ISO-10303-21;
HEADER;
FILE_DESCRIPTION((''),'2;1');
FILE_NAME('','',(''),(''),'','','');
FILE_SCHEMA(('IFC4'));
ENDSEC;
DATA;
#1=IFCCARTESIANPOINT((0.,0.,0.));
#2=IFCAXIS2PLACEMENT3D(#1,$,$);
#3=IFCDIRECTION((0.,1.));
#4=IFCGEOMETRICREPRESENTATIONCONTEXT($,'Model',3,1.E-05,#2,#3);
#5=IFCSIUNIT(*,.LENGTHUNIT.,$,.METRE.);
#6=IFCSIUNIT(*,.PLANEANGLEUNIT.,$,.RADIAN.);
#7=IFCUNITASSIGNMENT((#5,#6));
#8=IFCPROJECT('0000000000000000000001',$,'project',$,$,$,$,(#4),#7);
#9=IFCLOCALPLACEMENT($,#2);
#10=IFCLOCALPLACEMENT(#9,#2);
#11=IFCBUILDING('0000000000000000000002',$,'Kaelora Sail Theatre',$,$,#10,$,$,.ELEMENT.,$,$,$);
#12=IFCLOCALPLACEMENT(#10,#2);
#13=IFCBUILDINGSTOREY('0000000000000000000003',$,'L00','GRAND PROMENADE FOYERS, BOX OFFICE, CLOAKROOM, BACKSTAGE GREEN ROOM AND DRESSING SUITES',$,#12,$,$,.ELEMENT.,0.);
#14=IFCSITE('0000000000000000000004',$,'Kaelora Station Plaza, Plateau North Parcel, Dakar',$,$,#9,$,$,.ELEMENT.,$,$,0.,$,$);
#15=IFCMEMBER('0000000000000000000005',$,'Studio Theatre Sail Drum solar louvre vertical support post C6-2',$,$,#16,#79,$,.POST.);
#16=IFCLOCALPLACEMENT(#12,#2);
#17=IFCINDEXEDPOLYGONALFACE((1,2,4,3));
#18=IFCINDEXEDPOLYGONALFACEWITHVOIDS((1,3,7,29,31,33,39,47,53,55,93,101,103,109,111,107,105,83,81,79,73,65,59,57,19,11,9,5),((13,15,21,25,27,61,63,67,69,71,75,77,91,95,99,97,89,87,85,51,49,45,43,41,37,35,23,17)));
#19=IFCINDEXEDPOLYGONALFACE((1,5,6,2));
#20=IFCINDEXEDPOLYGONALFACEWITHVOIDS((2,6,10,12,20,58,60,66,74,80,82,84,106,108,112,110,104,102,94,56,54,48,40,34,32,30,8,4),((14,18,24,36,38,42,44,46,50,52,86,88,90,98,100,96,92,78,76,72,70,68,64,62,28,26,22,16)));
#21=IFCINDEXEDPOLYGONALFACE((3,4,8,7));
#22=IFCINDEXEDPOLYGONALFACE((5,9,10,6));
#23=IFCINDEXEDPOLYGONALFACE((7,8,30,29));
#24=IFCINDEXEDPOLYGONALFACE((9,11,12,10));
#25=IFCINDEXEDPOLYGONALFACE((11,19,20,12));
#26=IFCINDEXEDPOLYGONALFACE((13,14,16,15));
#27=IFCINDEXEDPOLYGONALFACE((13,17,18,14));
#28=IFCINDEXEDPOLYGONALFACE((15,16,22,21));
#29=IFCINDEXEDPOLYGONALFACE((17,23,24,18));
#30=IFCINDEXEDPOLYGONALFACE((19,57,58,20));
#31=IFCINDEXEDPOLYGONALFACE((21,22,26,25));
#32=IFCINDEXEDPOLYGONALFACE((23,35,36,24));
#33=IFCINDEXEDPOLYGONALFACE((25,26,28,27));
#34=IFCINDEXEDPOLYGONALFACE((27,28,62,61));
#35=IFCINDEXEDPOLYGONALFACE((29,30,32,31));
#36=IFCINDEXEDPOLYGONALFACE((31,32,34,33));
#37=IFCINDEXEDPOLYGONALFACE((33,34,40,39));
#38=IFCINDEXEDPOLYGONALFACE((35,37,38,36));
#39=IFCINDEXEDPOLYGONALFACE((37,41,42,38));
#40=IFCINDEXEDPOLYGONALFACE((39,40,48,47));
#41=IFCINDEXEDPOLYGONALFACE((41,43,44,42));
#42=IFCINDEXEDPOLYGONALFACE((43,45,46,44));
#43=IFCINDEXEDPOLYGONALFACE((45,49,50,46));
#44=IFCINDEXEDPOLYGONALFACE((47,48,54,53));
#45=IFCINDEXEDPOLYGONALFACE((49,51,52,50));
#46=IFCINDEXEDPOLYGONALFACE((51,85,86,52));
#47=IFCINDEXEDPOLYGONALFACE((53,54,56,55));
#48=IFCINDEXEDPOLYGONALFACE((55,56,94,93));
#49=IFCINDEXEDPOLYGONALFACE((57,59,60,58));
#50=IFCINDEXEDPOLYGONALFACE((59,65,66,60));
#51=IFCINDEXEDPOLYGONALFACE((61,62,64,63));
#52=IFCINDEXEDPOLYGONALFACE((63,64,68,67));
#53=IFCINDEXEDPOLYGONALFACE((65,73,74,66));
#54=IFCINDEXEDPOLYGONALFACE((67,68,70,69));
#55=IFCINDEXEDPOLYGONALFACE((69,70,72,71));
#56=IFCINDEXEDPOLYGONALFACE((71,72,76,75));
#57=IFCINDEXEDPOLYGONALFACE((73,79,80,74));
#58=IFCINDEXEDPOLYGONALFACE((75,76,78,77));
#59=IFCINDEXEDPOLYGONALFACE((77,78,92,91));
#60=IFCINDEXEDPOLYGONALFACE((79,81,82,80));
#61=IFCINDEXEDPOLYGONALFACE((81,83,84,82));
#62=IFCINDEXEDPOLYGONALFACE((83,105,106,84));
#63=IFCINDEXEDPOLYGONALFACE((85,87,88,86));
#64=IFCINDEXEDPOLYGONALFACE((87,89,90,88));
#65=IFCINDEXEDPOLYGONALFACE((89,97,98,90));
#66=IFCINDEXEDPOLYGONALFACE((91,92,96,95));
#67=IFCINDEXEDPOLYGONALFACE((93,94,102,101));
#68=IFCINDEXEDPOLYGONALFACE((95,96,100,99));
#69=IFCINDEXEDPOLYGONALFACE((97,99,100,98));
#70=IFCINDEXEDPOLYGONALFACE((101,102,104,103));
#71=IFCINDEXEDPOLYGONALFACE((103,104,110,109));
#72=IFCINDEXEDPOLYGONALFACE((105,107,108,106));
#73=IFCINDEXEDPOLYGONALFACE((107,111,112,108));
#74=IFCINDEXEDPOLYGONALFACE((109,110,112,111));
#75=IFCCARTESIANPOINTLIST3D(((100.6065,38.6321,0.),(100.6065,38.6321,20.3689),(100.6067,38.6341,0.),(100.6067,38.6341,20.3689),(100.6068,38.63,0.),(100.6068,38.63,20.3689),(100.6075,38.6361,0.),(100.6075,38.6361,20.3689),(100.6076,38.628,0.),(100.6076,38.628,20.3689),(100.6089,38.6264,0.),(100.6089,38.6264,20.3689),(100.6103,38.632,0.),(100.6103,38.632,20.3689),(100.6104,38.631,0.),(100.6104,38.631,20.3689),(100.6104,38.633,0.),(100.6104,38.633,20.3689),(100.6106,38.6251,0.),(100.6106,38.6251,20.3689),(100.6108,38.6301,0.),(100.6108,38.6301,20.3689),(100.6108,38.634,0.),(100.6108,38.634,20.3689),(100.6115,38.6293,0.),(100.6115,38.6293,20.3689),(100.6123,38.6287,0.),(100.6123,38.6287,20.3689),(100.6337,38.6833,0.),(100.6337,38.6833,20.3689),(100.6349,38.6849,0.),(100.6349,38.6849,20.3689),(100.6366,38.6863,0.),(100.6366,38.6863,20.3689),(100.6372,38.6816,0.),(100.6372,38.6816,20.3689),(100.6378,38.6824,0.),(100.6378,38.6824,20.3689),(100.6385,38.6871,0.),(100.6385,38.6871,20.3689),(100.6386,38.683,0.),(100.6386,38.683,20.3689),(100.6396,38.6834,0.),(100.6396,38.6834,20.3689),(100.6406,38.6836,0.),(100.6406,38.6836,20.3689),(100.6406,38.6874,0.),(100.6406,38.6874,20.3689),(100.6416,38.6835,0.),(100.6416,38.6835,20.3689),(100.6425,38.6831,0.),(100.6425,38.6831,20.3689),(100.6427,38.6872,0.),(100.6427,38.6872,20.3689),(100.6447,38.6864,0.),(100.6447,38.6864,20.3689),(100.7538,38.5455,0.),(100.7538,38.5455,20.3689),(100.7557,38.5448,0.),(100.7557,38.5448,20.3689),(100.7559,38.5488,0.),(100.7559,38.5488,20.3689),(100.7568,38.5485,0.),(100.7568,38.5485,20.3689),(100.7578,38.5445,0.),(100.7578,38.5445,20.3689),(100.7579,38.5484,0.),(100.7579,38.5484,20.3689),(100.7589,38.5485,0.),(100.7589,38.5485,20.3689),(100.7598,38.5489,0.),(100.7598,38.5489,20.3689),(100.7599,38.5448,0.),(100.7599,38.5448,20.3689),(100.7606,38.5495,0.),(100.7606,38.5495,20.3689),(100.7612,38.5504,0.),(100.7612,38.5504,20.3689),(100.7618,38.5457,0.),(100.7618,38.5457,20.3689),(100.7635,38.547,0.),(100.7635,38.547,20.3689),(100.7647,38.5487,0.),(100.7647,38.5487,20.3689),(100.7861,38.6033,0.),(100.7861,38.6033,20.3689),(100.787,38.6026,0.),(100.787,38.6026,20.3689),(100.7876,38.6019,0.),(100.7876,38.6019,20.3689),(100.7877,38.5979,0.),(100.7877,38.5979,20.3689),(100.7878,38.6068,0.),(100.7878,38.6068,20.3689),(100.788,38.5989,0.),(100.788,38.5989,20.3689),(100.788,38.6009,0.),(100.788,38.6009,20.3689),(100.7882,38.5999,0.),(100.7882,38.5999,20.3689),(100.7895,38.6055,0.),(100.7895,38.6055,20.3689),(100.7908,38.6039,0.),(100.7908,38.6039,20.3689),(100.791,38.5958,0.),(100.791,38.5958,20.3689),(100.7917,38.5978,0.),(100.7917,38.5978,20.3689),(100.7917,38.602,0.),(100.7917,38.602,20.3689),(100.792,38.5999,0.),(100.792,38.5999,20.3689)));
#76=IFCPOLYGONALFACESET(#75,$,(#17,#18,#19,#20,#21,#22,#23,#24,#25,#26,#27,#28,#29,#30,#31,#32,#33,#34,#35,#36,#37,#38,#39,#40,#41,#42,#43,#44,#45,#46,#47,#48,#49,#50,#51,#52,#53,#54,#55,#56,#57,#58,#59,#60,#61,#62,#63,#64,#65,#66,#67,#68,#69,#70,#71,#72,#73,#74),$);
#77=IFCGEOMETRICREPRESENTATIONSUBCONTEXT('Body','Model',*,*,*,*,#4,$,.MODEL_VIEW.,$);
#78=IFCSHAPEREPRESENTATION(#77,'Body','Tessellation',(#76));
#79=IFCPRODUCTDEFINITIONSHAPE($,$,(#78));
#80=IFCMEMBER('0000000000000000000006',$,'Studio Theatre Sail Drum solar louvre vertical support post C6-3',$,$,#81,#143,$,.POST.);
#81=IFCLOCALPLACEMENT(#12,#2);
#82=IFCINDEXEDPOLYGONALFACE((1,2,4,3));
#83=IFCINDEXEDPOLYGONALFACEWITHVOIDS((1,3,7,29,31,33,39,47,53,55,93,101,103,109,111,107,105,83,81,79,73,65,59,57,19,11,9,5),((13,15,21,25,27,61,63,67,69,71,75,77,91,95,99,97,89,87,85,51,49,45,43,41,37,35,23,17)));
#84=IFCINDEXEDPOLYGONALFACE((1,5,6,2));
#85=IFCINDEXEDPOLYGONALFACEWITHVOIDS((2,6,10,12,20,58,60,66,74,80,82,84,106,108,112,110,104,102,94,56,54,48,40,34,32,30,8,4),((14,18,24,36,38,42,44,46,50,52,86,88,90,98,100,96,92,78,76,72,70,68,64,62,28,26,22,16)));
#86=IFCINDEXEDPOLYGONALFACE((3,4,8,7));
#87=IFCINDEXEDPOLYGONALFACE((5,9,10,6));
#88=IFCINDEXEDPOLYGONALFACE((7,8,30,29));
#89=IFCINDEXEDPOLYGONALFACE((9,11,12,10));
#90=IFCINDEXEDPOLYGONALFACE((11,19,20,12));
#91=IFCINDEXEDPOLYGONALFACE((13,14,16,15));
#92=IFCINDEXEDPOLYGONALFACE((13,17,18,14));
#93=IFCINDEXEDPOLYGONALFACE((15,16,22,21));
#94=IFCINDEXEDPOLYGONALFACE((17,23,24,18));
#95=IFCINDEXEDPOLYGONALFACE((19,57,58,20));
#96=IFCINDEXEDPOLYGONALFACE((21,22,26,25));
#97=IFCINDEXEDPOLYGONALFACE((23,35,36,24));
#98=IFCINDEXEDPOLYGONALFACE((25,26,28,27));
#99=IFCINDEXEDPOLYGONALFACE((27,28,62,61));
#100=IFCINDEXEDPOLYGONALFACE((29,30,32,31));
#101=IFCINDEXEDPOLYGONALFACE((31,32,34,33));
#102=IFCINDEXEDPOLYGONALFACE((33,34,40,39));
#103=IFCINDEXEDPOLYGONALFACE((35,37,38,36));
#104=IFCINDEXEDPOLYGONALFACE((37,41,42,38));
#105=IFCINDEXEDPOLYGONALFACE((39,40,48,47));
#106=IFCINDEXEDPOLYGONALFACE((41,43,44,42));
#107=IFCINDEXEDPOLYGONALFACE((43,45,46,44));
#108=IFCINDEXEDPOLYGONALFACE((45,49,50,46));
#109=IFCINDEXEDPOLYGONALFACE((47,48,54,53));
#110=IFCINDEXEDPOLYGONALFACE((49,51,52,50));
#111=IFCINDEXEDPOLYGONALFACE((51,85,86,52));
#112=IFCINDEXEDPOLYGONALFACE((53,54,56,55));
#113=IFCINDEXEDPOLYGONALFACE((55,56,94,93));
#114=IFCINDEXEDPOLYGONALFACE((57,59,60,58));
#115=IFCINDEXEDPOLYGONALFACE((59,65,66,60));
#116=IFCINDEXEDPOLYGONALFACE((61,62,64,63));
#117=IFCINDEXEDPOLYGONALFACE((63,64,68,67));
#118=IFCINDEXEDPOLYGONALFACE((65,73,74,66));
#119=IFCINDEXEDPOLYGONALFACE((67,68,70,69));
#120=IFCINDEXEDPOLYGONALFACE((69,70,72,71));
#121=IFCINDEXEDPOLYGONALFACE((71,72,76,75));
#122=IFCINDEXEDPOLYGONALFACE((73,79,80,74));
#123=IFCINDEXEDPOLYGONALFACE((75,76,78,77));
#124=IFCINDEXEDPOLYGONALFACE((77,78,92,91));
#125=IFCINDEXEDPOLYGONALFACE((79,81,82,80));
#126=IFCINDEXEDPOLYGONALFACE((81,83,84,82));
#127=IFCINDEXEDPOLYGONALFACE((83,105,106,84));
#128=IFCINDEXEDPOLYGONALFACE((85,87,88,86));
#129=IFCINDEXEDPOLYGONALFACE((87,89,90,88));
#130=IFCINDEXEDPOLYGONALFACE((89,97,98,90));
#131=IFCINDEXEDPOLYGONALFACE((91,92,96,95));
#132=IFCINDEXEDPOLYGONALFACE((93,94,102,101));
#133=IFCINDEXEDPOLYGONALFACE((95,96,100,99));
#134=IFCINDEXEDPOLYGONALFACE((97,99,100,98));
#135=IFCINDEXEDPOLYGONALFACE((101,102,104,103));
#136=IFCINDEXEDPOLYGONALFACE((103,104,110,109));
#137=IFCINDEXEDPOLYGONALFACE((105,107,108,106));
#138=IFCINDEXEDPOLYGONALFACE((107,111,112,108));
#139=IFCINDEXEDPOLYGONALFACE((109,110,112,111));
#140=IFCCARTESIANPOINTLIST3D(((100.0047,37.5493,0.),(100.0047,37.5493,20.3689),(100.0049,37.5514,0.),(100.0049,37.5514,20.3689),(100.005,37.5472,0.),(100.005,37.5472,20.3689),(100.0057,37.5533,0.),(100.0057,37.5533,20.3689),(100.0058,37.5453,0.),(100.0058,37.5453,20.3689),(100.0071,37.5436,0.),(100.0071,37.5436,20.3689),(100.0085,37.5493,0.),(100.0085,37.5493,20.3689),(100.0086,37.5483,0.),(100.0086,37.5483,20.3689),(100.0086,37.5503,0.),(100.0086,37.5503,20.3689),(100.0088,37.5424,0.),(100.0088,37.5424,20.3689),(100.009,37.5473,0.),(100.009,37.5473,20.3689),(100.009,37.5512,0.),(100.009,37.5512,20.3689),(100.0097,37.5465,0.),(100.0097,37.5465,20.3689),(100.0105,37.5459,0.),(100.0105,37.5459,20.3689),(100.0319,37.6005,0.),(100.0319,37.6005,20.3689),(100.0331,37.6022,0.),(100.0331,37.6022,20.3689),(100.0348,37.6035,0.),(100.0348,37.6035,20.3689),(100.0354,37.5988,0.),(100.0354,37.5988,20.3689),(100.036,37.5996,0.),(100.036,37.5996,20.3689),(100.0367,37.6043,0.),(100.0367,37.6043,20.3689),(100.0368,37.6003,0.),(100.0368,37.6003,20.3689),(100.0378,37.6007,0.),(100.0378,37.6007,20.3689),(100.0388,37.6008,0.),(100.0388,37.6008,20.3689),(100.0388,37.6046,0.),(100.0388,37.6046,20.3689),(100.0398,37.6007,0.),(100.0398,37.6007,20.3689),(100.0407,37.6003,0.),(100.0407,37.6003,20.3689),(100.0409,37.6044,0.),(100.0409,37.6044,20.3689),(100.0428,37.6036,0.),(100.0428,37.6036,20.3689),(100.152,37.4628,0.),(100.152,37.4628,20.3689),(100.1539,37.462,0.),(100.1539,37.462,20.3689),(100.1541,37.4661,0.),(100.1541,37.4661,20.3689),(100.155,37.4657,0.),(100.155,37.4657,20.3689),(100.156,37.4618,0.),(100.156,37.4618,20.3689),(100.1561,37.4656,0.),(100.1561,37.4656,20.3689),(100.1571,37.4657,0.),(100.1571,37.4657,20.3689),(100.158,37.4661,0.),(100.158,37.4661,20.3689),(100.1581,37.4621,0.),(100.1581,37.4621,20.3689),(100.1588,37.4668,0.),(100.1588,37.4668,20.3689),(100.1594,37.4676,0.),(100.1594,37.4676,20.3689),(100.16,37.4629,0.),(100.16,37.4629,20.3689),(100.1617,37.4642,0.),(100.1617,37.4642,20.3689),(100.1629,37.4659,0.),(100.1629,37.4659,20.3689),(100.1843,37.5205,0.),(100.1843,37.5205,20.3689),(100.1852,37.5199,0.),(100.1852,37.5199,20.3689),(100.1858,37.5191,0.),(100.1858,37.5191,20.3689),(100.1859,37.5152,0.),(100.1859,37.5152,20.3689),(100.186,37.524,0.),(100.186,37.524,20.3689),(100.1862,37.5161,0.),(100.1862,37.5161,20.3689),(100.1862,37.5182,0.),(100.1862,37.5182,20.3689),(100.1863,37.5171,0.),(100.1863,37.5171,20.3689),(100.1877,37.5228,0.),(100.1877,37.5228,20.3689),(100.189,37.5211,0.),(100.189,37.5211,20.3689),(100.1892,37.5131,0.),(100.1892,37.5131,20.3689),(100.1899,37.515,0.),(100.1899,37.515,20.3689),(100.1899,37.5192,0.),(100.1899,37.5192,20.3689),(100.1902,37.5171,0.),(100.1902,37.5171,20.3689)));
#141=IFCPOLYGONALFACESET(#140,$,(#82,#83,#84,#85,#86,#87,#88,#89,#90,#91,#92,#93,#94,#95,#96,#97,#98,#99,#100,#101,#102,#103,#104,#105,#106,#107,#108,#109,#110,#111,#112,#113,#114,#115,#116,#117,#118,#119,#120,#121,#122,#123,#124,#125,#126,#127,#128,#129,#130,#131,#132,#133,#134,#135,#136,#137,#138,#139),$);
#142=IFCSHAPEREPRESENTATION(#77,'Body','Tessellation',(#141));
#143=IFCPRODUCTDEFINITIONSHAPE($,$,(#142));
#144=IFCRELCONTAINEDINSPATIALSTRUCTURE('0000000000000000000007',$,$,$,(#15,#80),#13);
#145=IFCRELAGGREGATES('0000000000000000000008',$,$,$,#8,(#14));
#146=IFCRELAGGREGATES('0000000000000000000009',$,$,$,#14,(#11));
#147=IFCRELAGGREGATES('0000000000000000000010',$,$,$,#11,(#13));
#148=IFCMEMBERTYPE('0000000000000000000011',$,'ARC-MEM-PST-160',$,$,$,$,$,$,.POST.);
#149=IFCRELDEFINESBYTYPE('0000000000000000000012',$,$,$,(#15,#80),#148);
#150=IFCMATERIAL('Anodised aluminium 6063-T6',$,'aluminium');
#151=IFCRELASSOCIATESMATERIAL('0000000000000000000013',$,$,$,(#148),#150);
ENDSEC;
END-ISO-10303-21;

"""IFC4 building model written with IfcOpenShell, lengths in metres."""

from ifc_helpers import new_model, si_unit, direction, frame, origin, origin_2d, place, context, subcontext, project, spatial, hollow_rectangle, extrude, material, material_profile, profile_set, type_object, element, save


model = new_model("IFC4")

# Units and contexts
model_context = context("Model", 3, precision=1e-05, world=origin(), true_north=direction((0.0, 1.0)))
body_context = subcontext(model_context, "Body", "Model", "MODEL_VIEW")
ifc_project = project(units=[si_unit("LENGTHUNIT", "METRE"), si_unit("PLANEANGLEUNIT", "RADIAN")], contexts=[model_context])

# Site, building, storey
site_placement = place(None, origin())
site = spatial("IfcSite", under=ifc_project, at=site_placement, Name="Kaelora Station Plaza, Plateau North Parcel, Dakar", CompositionType="ELEMENT", RefElevation=0.0)
building_placement = place(site_placement, origin())
building = spatial("IfcBuilding", under=site, at=building_placement, Name="Kaelora Sail Theatre", CompositionType="ELEMENT")
storey_placement = place(building_placement, origin())
storey = spatial("IfcBuildingStorey", under=building, at=storey_placement, Name="L00", Description="GRAND PROMENADE FOYERS, BOX OFFICE, CLOAKROOM, BACKSTAGE GREEN ROOM AND DRESSING SUITES", CompositionType="ELEMENT", Elevation=0.0)

# Members
ifc_material_1 = material(Name="Anodised aluminium 6063-T6", Category="aluminium")
ifc_material_profile_1 = material_profile(ifc_material_1, hollow_rectangle(XDim=0.0701, YDim=0.1799, WallThickness=0.0039, InnerFilletRadius=0.0039, OuterFilletRadius=0.0081, at=origin_2d()), Name="ALU-MULL 70x180x4")
ifc_profile_set_1 = profile_set([ifc_material_profile_1], Name="Anodised aluminium 6063-T6")
member_type_1 = type_object("IfcMemberType", Name="ARC-MEM-PST-160", PredefinedType="POST", material=ifc_profile_set_1)
for number, where, z_axis, x_axis, name in (
    (1, (100.6992, 38.616, 0.0), (0.0, 0.0, 1.0), (-0.485878, -0.874027, 0.0), "Studio Theatre Sail Drum solar louvre vertical support post C6-2"),
    (2, (100.0974, 37.5332, 0.0), (0.0, 0.0, 1.0), (-0.485878, -0.874027, 0.0), "Studio Theatre Sail Drum solar louvre vertical support post C6-3"),
):
    element("IfcMember", number, at=place(storey_placement, frame(where, z_axis=z_axis, x_axis=x_axis)), inside=storey, type_object=member_type_1, Name=name, PredefinedType="POST", context=body_context, shape_type="SweptSolid", body=[
        extrude(hollow_rectangle(XDim=0.0701, YDim=0.1799, WallThickness=0.0039, InnerFilletRadius=0.0039, OuterFilletRadius=0.0081, at=origin_2d()), origin(), (0.0, 0.0, 1.0), 20.3689),
    ])

save(model, "model.ifc")
